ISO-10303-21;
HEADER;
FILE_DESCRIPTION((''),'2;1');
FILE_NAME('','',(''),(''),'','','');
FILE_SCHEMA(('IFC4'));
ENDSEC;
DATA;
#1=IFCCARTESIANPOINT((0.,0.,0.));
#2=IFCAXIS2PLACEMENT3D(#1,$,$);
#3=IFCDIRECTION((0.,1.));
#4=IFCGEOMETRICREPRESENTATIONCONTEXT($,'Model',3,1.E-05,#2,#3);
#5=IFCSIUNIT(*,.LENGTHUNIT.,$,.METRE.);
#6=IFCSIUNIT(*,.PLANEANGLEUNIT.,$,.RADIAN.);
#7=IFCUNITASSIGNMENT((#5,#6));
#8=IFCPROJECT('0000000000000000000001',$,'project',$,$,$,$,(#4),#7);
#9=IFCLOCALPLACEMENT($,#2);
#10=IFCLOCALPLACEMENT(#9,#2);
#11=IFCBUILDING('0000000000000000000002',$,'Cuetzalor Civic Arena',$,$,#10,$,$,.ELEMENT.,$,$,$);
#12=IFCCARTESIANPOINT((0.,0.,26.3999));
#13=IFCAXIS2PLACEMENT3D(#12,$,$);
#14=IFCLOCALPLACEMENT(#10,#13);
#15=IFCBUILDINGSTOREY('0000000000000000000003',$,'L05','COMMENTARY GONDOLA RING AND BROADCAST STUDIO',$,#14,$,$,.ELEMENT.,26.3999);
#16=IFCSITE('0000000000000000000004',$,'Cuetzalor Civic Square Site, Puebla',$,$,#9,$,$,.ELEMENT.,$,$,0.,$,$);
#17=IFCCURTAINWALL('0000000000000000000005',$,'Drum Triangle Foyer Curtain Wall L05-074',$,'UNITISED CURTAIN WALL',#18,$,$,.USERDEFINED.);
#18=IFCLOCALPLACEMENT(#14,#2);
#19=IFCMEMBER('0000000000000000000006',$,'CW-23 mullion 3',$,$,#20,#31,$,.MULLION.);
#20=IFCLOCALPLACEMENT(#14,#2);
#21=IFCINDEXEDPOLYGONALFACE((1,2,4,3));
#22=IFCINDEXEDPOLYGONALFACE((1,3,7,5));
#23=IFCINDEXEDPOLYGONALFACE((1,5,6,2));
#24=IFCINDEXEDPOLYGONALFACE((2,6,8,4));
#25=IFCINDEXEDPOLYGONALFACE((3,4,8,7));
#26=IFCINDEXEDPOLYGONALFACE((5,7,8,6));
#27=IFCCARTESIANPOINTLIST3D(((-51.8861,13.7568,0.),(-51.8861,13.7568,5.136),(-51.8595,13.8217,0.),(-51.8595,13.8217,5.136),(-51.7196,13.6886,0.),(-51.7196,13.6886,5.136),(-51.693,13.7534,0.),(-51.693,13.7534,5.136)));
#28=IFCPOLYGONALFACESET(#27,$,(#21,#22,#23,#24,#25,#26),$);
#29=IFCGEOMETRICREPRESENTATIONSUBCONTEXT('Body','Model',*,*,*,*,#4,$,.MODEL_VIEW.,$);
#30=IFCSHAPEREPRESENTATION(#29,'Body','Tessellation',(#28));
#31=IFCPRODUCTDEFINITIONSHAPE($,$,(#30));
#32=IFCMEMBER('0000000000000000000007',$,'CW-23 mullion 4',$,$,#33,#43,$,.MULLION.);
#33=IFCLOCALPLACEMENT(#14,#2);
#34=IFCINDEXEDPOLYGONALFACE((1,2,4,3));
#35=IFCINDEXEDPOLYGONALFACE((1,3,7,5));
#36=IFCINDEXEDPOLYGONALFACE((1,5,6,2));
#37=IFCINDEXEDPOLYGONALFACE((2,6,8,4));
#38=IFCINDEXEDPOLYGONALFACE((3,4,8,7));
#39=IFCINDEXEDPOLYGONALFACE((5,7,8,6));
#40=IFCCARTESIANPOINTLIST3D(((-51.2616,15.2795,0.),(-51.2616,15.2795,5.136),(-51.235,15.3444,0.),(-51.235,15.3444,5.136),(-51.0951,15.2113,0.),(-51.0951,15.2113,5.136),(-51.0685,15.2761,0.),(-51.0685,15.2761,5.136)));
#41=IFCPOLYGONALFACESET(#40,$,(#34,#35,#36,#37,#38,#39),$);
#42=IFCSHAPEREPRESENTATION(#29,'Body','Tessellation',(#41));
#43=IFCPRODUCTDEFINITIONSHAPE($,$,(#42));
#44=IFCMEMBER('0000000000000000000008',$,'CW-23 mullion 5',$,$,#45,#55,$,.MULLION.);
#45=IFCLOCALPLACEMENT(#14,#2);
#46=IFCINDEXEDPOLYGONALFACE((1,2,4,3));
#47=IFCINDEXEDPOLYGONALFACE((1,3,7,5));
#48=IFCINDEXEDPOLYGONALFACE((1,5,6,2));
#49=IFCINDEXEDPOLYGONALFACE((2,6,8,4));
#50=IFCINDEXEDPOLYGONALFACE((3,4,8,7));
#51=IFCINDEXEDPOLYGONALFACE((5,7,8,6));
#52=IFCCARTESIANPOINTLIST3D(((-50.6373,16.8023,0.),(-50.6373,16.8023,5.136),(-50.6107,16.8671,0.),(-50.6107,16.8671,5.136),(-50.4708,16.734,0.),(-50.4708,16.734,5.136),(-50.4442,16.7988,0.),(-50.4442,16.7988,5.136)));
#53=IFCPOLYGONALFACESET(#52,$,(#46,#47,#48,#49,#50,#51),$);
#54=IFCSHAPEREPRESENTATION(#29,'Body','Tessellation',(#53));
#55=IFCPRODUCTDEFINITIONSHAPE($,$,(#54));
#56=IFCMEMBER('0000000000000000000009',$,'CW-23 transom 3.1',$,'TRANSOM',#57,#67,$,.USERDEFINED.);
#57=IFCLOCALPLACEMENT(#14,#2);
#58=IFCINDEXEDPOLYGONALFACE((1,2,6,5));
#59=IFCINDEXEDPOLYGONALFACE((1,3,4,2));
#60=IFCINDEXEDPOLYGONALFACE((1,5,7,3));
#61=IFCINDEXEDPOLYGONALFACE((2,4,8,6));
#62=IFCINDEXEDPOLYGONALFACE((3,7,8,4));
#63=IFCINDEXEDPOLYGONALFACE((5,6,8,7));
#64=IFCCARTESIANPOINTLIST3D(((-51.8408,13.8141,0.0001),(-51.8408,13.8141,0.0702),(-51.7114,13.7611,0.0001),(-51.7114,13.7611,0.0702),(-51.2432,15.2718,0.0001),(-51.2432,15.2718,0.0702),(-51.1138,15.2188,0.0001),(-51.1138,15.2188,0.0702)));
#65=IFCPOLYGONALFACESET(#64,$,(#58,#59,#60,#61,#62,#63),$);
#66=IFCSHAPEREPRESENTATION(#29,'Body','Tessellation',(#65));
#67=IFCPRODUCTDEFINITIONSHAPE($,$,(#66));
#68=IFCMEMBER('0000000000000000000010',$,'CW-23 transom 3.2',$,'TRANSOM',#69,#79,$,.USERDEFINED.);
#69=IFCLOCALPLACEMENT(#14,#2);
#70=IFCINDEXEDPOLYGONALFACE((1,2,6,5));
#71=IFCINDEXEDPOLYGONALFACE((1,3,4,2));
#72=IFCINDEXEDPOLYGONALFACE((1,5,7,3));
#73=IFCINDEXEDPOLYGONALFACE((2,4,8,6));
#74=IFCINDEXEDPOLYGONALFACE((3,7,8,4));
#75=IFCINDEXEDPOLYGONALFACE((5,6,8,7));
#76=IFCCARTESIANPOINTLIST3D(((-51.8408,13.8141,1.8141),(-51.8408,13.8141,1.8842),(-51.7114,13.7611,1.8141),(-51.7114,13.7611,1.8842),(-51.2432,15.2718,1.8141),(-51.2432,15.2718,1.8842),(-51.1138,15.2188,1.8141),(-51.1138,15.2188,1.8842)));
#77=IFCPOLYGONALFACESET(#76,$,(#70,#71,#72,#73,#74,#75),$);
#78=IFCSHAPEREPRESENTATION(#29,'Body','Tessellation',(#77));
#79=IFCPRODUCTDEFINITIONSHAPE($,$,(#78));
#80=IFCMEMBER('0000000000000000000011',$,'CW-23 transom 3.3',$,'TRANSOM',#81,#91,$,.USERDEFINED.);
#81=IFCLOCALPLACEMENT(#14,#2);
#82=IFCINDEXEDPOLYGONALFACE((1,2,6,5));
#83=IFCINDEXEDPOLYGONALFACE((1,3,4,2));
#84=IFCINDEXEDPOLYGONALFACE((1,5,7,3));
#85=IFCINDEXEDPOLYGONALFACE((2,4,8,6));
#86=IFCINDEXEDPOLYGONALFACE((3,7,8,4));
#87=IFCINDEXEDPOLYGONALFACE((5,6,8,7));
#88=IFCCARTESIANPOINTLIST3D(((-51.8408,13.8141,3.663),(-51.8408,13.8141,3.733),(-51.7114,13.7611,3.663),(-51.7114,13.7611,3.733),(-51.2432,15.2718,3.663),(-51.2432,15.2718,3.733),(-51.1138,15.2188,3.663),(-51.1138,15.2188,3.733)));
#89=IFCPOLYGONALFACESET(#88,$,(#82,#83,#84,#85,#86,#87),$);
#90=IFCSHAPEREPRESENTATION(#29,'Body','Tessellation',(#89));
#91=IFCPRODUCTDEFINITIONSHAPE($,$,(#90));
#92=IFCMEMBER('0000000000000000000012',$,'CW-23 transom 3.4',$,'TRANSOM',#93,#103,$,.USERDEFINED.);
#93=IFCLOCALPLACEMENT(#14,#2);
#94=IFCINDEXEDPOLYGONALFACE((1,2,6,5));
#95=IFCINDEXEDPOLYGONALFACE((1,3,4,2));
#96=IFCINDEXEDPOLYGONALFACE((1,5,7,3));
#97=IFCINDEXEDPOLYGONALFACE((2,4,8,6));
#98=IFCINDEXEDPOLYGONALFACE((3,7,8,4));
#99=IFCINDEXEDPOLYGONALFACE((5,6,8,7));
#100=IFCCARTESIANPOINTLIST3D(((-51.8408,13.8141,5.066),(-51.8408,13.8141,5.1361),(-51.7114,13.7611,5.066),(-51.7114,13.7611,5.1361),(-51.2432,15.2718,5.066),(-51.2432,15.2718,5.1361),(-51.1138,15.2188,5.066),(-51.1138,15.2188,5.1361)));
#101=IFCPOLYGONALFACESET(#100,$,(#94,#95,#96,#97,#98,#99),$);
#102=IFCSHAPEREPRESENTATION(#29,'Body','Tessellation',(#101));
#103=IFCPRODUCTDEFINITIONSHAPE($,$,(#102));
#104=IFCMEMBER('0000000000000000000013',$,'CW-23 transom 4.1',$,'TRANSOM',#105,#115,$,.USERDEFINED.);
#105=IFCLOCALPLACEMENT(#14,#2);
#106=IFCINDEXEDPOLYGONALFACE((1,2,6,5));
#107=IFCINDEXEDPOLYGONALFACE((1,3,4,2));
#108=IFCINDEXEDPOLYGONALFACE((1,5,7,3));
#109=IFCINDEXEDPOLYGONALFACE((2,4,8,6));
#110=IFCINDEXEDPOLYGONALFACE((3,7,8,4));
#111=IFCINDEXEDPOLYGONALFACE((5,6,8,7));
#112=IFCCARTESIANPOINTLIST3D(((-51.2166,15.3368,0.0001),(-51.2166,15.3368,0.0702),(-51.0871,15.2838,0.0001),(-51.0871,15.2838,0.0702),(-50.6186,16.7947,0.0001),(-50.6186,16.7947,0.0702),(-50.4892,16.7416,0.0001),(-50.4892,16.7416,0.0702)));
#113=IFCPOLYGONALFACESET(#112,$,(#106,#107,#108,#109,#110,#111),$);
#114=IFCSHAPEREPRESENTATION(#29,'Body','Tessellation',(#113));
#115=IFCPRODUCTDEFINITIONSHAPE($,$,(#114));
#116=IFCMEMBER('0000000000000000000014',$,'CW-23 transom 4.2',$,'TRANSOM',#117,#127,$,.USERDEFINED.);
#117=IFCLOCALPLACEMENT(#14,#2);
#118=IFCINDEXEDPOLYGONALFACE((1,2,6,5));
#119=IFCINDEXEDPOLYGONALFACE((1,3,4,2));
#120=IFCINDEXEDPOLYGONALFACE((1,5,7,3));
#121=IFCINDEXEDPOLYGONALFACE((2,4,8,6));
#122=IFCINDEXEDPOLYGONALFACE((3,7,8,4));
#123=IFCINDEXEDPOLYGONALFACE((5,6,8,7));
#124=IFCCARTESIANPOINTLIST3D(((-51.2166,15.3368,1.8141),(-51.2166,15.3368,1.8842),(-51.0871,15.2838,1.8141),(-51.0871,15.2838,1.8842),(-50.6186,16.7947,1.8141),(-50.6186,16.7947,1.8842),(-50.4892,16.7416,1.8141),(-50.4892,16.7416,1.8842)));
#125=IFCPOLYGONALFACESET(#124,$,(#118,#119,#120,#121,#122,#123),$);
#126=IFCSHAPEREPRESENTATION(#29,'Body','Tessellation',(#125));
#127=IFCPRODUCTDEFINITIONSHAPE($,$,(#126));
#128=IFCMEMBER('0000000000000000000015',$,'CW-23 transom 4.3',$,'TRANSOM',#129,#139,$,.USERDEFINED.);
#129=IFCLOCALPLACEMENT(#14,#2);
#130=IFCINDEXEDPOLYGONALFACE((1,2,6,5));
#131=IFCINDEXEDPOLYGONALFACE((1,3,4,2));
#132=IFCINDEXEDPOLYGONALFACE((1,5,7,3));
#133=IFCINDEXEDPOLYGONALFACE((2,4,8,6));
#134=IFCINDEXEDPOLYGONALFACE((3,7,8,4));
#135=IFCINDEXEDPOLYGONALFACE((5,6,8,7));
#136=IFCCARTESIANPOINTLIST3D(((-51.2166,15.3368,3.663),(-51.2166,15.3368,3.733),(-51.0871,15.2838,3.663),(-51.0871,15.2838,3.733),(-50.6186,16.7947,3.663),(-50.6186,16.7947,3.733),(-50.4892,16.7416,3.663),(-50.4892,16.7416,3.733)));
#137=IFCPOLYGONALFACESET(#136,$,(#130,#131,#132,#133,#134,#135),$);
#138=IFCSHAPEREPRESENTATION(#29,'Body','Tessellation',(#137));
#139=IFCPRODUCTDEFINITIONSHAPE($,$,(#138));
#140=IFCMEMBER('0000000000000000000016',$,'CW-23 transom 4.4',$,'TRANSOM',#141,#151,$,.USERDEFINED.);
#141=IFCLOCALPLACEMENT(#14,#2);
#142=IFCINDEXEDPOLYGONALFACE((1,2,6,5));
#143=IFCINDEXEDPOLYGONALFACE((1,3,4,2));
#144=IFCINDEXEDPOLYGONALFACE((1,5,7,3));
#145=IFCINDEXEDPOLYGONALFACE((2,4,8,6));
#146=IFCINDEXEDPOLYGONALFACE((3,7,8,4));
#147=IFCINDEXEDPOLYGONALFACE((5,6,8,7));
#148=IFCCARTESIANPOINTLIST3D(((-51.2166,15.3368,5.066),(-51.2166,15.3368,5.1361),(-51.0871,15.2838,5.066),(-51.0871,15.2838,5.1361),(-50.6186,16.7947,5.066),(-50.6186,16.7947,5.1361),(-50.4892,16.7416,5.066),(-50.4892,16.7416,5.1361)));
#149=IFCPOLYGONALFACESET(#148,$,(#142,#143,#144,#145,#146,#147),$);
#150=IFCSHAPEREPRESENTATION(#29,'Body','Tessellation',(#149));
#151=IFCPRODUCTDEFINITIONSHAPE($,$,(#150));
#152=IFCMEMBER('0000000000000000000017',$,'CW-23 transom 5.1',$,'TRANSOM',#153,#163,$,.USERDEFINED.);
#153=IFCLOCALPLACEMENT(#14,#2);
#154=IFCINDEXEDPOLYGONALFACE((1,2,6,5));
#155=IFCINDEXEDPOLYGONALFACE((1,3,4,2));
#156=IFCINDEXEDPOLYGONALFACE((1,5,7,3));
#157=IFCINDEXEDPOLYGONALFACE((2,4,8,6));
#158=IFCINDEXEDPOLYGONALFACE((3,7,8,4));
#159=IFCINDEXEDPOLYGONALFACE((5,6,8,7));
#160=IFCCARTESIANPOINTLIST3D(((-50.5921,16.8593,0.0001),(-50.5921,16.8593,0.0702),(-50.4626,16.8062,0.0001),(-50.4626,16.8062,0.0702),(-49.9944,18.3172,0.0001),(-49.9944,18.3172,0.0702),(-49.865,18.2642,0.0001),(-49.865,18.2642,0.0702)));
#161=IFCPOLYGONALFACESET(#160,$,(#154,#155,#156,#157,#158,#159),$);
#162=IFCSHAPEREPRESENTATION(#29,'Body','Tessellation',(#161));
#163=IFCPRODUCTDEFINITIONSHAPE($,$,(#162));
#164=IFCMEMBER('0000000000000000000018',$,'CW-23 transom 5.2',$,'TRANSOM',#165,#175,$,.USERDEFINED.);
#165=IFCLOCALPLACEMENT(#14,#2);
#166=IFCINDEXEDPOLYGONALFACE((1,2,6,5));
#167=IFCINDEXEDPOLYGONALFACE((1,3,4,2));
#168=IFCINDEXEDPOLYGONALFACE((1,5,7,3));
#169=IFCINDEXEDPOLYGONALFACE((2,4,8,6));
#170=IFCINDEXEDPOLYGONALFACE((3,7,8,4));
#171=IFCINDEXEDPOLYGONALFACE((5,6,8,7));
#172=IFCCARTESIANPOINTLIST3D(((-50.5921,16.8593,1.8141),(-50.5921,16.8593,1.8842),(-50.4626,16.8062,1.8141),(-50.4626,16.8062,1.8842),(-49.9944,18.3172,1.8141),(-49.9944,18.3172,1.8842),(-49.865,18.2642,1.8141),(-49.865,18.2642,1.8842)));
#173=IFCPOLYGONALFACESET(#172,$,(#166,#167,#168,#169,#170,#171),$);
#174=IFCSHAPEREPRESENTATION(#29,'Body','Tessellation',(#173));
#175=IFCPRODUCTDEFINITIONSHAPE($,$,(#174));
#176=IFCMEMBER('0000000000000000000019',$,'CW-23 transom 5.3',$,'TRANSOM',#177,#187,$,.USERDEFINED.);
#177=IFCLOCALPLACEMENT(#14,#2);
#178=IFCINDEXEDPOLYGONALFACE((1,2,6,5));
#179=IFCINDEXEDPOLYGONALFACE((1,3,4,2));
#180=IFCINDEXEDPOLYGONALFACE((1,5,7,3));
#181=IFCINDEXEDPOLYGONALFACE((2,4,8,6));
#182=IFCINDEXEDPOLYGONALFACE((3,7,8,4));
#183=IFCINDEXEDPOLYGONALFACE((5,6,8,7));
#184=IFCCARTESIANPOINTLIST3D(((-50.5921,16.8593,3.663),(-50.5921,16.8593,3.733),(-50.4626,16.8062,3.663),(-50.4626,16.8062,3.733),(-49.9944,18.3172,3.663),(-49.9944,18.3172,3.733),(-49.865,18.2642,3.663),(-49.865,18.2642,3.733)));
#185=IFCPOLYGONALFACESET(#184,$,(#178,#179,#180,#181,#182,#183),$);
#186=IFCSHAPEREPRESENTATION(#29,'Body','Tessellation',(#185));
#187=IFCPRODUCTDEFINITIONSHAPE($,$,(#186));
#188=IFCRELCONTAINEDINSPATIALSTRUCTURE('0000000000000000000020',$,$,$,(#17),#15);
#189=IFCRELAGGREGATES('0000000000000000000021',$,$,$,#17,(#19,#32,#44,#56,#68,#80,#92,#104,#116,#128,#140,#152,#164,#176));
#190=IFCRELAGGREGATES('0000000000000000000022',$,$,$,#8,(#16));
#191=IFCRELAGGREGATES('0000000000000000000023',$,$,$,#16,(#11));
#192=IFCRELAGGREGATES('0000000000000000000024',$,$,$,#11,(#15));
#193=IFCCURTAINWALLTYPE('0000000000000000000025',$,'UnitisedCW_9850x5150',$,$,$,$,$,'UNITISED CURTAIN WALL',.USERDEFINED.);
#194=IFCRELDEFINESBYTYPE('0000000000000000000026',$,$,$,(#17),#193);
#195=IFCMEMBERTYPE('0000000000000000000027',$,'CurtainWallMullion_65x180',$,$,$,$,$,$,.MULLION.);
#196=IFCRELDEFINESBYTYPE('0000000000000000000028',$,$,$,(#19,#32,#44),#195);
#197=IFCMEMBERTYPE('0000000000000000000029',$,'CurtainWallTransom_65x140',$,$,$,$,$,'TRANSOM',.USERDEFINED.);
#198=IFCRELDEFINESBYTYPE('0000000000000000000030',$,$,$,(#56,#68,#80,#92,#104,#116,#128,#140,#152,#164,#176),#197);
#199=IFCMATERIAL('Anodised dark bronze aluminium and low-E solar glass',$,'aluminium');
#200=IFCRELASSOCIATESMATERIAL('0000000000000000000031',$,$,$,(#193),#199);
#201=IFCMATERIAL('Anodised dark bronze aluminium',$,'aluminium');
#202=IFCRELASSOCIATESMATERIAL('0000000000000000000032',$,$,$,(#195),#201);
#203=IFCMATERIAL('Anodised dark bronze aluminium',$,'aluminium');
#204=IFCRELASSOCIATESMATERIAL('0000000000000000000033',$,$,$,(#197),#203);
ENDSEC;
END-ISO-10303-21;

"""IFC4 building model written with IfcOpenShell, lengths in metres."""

from ifc_helpers import new_model, si_unit, direction, frame, origin, origin_2d, place, context, subcontext, project, spatial, rectangle, extrude, material, material_profile, profile_set, type_object, element, aggregate, save


model = new_model("IFC4")

# Units and contexts
model_context = context("Model", 3, precision=1e-05, world=origin(), true_north=direction((0.0, 1.0)))
body_context = subcontext(model_context, "Body", "Model", "MODEL_VIEW")
ifc_project = project(units=[si_unit("LENGTHUNIT", "METRE"), si_unit("PLANEANGLEUNIT", "RADIAN")], contexts=[model_context])

# Site, building, storey
site_placement = place(None, origin())
site = spatial("IfcSite", under=ifc_project, at=site_placement, Name="Cuetzalor Civic Square Site, Puebla", CompositionType="ELEMENT", RefElevation=0.0)
building_placement = place(site_placement, origin())
building = spatial("IfcBuilding", under=site, at=building_placement, Name="Cuetzalor Civic Arena", CompositionType="ELEMENT")
storey_placement = place(building_placement, frame((0.0, 0.0, 26.3999)))
storey = spatial("IfcBuildingStorey", under=building, at=storey_placement, Name="L05", Description="COMMENTARY GONDOLA RING AND BROADCAST STUDIO", CompositionType="ELEMENT", Elevation=26.3999)

# Curtain wall, members
ifc_material_1 = material(Name="Anodised dark bronze aluminium and low-E solar glass", Category="aluminium")
curtain_wall_type = type_object("IfcCurtainWallType", Name="UnitisedCW_9850x5150", ElementType="UNITISED CURTAIN WALL", PredefinedType="USERDEFINED", material=ifc_material_1)
curtain_wall_placement = place(storey_placement, origin())
curtain_wall = element("IfcCurtainWall", 1, at=curtain_wall_placement, inside=storey, type_object=curtain_wall_type, Name="Drum Triangle Foyer Curtain Wall L05-074", ObjectType="UNITISED CURTAIN WALL", PredefinedType="USERDEFINED")
ifc_material_2 = material(Name="Anodised dark bronze aluminium", Category="aluminium")
ifc_material_profile_1 = material_profile(ifc_material_2, rectangle(XDim=0.0701, YDim=0.1799, at=origin_2d()), Name="ALU MULLION 70x180")
ifc_profile_set_1 = profile_set([ifc_material_profile_1], Name="Anodised dark bronze aluminium")
member_type_1 = type_object("IfcMemberType", Name="CurtainWallMullion_65x180", PredefinedType="MULLION", material=ifc_profile_set_1)
member_1_placement = place(storey_placement, frame((-51.7896, 13.7551, 0.0), z_axis=(0.0, 0.0, 1.0), x_axis=(0.379391, 0.925236, 0.0)))
member_1 = element("IfcMember", 2, at=member_1_placement, type_object=member_type_1, Name="CW-23 mullion 3", PredefinedType="MULLION", context=body_context, shape_type="SweptSolid", body=[
    extrude(rectangle(XDim=0.0701, YDim=0.1799, at=origin_2d()), origin(), (0.0, 0.0, 1.0), 5.136),
])
member_2_placement = place(storey_placement, frame((-51.165, 15.2778, 0.0), z_axis=(0.0, 0.0, 1.0), x_axis=(0.379391, 0.925236, 0.0)))
member_2 = element("IfcMember", 3, at=member_2_placement, type_object=member_type_1, Name="CW-23 mullion 4", PredefinedType="MULLION", context=body_context, shape_type="SweptSolid", body=[
    extrude(rectangle(XDim=0.0701, YDim=0.1799, at=origin_2d()), origin(), (0.0, 0.0, 1.0), 5.136),
])
member_3_placement = place(storey_placement, frame((-50.5408, 16.8005, 0.0), z_axis=(0.0, 0.0, 1.0), x_axis=(0.379391, 0.925236, 0.0)))
member_3 = element("IfcMember", 4, at=member_3_placement, type_object=member_type_1, Name="CW-23 mullion 5", PredefinedType="MULLION", context=body_context, shape_type="SweptSolid", body=[
    extrude(rectangle(XDim=0.0701, YDim=0.1799, at=origin_2d()), origin(), (0.0, 0.0, 1.0), 5.136),
])
ifc_material_3 = material(Name="Anodised dark bronze aluminium", Category="aluminium")
ifc_material_profile_2 = material_profile(ifc_material_3, rectangle(XDim=0.1399, YDim=0.0701, at=origin_2d()), Name="ALU TRANSOM 70x140")
ifc_profile_set_2 = profile_set([ifc_material_profile_2], Name="Anodised dark bronze aluminium")
member_type_2 = type_object("IfcMemberType", Name="CurtainWallTransom_65x140", ElementType="TRANSOM", PredefinedType="USERDEFINED", material=ifc_profile_set_2)
member_4_placement = place(storey_placement, frame((-51.7761, 13.7876, 0.0352), z_axis=(0.379339, 0.925258, 0.0), x_axis=(-0.925258, 0.379339, 0.0)))
member_4 = element("IfcMember", 5, at=member_4_placement, type_object=member_type_2, Name="CW-23 transom 3.1", ObjectType="TRANSOM", PredefinedType="USERDEFINED", context=body_context, shape_type="SweptSolid", body=[
    extrude(rectangle(XDim=0.1399, YDim=0.0701, at=origin_2d()), origin(), (0.0, 0.0, 1.0), 1.5754),
])
member_5_placement = place(storey_placement, frame((-51.7761, 13.7876, 1.8491), z_axis=(0.379339, 0.925258, 0.0), x_axis=(-0.925258, 0.379339, 0.0)))
member_5 = element("IfcMember", 6, at=member_5_placement, type_object=member_type_2, Name="CW-23 transom 3.2", ObjectType="TRANSOM", PredefinedType="USERDEFINED", context=body_context, shape_type="SweptSolid", body=[
    extrude(rectangle(XDim=0.1399, YDim=0.0701, at=origin_2d()), origin(), (0.0, 0.0, 1.0), 1.5754),
])
member_6_placement = place(storey_placement, frame((-51.7761, 13.7876, 3.698), z_axis=(0.379339, 0.925258, 0.0), x_axis=(-0.925258, 0.379339, 0.0)))
member_6 = element("IfcMember", 7, at=member_6_placement, type_object=member_type_2, Name="CW-23 transom 3.3", ObjectType="TRANSOM", PredefinedType="USERDEFINED", context=body_context, shape_type="SweptSolid", body=[
    extrude(rectangle(XDim=0.1399, YDim=0.0701, at=origin_2d()), origin(), (0.0, 0.0, 1.0), 1.5754),
])
member_7_placement = place(storey_placement, frame((-51.7761, 13.7876, 5.1011), z_axis=(0.379339, 0.925258, 0.0), x_axis=(-0.925258, 0.379339, 0.0)))
member_7 = element("IfcMember", 8, at=member_7_placement, type_object=member_type_2, Name="CW-23 transom 3.4", ObjectType="TRANSOM", PredefinedType="USERDEFINED", context=body_context, shape_type="SweptSolid", body=[
    extrude(rectangle(XDim=0.1399, YDim=0.0701, at=origin_2d()), origin(), (0.0, 0.0, 1.0), 1.5754),
])
member_8_placement = place(storey_placement, frame((-51.1519, 15.3103, 0.0352), z_axis=(0.379471, 0.925203, 0.0), x_axis=(-0.925203, 0.379471, 0.0)))
member_8 = element("IfcMember", 9, at=member_8_placement, type_object=member_type_2, Name="CW-23 transom 4.1", ObjectType="TRANSOM", PredefinedType="USERDEFINED", context=body_context, shape_type="SweptSolid", body=[
    extrude(rectangle(XDim=0.1399, YDim=0.0701, at=origin_2d()), origin(), (0.0, 0.0, 1.0), 1.5757),
])
member_9_placement = place(storey_placement, frame((-51.1519, 15.3103, 1.8491), z_axis=(0.379471, 0.925203, 0.0), x_axis=(-0.925203, 0.379471, 0.0)))
member_9 = element("IfcMember", 10, at=member_9_placement, type_object=member_type_2, Name="CW-23 transom 4.2", ObjectType="TRANSOM", PredefinedType="USERDEFINED", context=body_context, shape_type="SweptSolid", body=[
    extrude(rectangle(XDim=0.1399, YDim=0.0701, at=origin_2d()), origin(), (0.0, 0.0, 1.0), 1.5757),
])
member_10_placement = place(storey_placement, frame((-51.1519, 15.3103, 3.698), z_axis=(0.379471, 0.925203, 0.0), x_axis=(-0.925203, 0.379471, 0.0)))
member_10 = element("IfcMember", 11, at=member_10_placement, type_object=member_type_2, Name="CW-23 transom 4.3", ObjectType="TRANSOM", PredefinedType="USERDEFINED", context=body_context, shape_type="SweptSolid", body=[
    extrude(rectangle(XDim=0.1399, YDim=0.0701, at=origin_2d()), origin(), (0.0, 0.0, 1.0), 1.5757),
])
member_11_placement = place(storey_placement, frame((-51.1519, 15.3103, 5.1011), z_axis=(0.379471, 0.925203, 0.0), x_axis=(-0.925203, 0.379471, 0.0)))
member_11 = element("IfcMember", 12, at=member_11_placement, type_object=member_type_2, Name="CW-23 transom 4.4", ObjectType="TRANSOM", PredefinedType="USERDEFINED", context=body_context, shape_type="SweptSolid", body=[
    extrude(rectangle(XDim=0.1399, YDim=0.0701, at=origin_2d()), origin(), (0.0, 0.0, 1.0), 1.5757),
])
member_12_placement = place(storey_placement, frame((-50.5273, 16.8328, 0.0352), z_axis=(0.379284, 0.92528, 0.0), x_axis=(-0.92528, 0.379284, 0.0)))
member_12 = element("IfcMember", 13, at=member_12_placement, type_object=member_type_2, Name="CW-23 transom 5.1", ObjectType="TRANSOM", PredefinedType="USERDEFINED", context=body_context, shape_type="SweptSolid", body=[
    extrude(rectangle(XDim=0.1399, YDim=0.0701, at=origin_2d()), origin(), (0.0, 0.0, 1.0), 1.5757),
])
member_13_placement = place(storey_placement, frame((-50.5273, 16.8328, 1.8491), z_axis=(0.379284, 0.92528, 0.0), x_axis=(-0.92528, 0.379284, 0.0)))
member_13 = element("IfcMember", 14, at=member_13_placement, type_object=member_type_2, Name="CW-23 transom 5.2", ObjectType="TRANSOM", PredefinedType="USERDEFINED", context=body_context, shape_type="SweptSolid", body=[
    extrude(rectangle(XDim=0.1399, YDim=0.0701, at=origin_2d()), origin(), (0.0, 0.0, 1.0), 1.5757),
])
member_14_placement = place(storey_placement, frame((-50.5273, 16.8328, 3.698), z_axis=(0.379284, 0.92528, 0.0), x_axis=(-0.92528, 0.379284, 0.0)))
member_14 = element("IfcMember", 15, at=member_14_placement, type_object=member_type_2, Name="CW-23 transom 5.3", ObjectType="TRANSOM", PredefinedType="USERDEFINED", context=body_context, shape_type="SweptSolid", body=[
    extrude(rectangle(XDim=0.1399, YDim=0.0701, at=origin_2d()), origin(), (0.0, 0.0, 1.0), 1.5757),
])
aggregate(curtain_wall, [member_1, member_2, member_3, member_4, member_5, member_6, member_7, member_8, member_9, member_10, member_11, member_12, member_13, member_14])

save(model, "model.ifc")
